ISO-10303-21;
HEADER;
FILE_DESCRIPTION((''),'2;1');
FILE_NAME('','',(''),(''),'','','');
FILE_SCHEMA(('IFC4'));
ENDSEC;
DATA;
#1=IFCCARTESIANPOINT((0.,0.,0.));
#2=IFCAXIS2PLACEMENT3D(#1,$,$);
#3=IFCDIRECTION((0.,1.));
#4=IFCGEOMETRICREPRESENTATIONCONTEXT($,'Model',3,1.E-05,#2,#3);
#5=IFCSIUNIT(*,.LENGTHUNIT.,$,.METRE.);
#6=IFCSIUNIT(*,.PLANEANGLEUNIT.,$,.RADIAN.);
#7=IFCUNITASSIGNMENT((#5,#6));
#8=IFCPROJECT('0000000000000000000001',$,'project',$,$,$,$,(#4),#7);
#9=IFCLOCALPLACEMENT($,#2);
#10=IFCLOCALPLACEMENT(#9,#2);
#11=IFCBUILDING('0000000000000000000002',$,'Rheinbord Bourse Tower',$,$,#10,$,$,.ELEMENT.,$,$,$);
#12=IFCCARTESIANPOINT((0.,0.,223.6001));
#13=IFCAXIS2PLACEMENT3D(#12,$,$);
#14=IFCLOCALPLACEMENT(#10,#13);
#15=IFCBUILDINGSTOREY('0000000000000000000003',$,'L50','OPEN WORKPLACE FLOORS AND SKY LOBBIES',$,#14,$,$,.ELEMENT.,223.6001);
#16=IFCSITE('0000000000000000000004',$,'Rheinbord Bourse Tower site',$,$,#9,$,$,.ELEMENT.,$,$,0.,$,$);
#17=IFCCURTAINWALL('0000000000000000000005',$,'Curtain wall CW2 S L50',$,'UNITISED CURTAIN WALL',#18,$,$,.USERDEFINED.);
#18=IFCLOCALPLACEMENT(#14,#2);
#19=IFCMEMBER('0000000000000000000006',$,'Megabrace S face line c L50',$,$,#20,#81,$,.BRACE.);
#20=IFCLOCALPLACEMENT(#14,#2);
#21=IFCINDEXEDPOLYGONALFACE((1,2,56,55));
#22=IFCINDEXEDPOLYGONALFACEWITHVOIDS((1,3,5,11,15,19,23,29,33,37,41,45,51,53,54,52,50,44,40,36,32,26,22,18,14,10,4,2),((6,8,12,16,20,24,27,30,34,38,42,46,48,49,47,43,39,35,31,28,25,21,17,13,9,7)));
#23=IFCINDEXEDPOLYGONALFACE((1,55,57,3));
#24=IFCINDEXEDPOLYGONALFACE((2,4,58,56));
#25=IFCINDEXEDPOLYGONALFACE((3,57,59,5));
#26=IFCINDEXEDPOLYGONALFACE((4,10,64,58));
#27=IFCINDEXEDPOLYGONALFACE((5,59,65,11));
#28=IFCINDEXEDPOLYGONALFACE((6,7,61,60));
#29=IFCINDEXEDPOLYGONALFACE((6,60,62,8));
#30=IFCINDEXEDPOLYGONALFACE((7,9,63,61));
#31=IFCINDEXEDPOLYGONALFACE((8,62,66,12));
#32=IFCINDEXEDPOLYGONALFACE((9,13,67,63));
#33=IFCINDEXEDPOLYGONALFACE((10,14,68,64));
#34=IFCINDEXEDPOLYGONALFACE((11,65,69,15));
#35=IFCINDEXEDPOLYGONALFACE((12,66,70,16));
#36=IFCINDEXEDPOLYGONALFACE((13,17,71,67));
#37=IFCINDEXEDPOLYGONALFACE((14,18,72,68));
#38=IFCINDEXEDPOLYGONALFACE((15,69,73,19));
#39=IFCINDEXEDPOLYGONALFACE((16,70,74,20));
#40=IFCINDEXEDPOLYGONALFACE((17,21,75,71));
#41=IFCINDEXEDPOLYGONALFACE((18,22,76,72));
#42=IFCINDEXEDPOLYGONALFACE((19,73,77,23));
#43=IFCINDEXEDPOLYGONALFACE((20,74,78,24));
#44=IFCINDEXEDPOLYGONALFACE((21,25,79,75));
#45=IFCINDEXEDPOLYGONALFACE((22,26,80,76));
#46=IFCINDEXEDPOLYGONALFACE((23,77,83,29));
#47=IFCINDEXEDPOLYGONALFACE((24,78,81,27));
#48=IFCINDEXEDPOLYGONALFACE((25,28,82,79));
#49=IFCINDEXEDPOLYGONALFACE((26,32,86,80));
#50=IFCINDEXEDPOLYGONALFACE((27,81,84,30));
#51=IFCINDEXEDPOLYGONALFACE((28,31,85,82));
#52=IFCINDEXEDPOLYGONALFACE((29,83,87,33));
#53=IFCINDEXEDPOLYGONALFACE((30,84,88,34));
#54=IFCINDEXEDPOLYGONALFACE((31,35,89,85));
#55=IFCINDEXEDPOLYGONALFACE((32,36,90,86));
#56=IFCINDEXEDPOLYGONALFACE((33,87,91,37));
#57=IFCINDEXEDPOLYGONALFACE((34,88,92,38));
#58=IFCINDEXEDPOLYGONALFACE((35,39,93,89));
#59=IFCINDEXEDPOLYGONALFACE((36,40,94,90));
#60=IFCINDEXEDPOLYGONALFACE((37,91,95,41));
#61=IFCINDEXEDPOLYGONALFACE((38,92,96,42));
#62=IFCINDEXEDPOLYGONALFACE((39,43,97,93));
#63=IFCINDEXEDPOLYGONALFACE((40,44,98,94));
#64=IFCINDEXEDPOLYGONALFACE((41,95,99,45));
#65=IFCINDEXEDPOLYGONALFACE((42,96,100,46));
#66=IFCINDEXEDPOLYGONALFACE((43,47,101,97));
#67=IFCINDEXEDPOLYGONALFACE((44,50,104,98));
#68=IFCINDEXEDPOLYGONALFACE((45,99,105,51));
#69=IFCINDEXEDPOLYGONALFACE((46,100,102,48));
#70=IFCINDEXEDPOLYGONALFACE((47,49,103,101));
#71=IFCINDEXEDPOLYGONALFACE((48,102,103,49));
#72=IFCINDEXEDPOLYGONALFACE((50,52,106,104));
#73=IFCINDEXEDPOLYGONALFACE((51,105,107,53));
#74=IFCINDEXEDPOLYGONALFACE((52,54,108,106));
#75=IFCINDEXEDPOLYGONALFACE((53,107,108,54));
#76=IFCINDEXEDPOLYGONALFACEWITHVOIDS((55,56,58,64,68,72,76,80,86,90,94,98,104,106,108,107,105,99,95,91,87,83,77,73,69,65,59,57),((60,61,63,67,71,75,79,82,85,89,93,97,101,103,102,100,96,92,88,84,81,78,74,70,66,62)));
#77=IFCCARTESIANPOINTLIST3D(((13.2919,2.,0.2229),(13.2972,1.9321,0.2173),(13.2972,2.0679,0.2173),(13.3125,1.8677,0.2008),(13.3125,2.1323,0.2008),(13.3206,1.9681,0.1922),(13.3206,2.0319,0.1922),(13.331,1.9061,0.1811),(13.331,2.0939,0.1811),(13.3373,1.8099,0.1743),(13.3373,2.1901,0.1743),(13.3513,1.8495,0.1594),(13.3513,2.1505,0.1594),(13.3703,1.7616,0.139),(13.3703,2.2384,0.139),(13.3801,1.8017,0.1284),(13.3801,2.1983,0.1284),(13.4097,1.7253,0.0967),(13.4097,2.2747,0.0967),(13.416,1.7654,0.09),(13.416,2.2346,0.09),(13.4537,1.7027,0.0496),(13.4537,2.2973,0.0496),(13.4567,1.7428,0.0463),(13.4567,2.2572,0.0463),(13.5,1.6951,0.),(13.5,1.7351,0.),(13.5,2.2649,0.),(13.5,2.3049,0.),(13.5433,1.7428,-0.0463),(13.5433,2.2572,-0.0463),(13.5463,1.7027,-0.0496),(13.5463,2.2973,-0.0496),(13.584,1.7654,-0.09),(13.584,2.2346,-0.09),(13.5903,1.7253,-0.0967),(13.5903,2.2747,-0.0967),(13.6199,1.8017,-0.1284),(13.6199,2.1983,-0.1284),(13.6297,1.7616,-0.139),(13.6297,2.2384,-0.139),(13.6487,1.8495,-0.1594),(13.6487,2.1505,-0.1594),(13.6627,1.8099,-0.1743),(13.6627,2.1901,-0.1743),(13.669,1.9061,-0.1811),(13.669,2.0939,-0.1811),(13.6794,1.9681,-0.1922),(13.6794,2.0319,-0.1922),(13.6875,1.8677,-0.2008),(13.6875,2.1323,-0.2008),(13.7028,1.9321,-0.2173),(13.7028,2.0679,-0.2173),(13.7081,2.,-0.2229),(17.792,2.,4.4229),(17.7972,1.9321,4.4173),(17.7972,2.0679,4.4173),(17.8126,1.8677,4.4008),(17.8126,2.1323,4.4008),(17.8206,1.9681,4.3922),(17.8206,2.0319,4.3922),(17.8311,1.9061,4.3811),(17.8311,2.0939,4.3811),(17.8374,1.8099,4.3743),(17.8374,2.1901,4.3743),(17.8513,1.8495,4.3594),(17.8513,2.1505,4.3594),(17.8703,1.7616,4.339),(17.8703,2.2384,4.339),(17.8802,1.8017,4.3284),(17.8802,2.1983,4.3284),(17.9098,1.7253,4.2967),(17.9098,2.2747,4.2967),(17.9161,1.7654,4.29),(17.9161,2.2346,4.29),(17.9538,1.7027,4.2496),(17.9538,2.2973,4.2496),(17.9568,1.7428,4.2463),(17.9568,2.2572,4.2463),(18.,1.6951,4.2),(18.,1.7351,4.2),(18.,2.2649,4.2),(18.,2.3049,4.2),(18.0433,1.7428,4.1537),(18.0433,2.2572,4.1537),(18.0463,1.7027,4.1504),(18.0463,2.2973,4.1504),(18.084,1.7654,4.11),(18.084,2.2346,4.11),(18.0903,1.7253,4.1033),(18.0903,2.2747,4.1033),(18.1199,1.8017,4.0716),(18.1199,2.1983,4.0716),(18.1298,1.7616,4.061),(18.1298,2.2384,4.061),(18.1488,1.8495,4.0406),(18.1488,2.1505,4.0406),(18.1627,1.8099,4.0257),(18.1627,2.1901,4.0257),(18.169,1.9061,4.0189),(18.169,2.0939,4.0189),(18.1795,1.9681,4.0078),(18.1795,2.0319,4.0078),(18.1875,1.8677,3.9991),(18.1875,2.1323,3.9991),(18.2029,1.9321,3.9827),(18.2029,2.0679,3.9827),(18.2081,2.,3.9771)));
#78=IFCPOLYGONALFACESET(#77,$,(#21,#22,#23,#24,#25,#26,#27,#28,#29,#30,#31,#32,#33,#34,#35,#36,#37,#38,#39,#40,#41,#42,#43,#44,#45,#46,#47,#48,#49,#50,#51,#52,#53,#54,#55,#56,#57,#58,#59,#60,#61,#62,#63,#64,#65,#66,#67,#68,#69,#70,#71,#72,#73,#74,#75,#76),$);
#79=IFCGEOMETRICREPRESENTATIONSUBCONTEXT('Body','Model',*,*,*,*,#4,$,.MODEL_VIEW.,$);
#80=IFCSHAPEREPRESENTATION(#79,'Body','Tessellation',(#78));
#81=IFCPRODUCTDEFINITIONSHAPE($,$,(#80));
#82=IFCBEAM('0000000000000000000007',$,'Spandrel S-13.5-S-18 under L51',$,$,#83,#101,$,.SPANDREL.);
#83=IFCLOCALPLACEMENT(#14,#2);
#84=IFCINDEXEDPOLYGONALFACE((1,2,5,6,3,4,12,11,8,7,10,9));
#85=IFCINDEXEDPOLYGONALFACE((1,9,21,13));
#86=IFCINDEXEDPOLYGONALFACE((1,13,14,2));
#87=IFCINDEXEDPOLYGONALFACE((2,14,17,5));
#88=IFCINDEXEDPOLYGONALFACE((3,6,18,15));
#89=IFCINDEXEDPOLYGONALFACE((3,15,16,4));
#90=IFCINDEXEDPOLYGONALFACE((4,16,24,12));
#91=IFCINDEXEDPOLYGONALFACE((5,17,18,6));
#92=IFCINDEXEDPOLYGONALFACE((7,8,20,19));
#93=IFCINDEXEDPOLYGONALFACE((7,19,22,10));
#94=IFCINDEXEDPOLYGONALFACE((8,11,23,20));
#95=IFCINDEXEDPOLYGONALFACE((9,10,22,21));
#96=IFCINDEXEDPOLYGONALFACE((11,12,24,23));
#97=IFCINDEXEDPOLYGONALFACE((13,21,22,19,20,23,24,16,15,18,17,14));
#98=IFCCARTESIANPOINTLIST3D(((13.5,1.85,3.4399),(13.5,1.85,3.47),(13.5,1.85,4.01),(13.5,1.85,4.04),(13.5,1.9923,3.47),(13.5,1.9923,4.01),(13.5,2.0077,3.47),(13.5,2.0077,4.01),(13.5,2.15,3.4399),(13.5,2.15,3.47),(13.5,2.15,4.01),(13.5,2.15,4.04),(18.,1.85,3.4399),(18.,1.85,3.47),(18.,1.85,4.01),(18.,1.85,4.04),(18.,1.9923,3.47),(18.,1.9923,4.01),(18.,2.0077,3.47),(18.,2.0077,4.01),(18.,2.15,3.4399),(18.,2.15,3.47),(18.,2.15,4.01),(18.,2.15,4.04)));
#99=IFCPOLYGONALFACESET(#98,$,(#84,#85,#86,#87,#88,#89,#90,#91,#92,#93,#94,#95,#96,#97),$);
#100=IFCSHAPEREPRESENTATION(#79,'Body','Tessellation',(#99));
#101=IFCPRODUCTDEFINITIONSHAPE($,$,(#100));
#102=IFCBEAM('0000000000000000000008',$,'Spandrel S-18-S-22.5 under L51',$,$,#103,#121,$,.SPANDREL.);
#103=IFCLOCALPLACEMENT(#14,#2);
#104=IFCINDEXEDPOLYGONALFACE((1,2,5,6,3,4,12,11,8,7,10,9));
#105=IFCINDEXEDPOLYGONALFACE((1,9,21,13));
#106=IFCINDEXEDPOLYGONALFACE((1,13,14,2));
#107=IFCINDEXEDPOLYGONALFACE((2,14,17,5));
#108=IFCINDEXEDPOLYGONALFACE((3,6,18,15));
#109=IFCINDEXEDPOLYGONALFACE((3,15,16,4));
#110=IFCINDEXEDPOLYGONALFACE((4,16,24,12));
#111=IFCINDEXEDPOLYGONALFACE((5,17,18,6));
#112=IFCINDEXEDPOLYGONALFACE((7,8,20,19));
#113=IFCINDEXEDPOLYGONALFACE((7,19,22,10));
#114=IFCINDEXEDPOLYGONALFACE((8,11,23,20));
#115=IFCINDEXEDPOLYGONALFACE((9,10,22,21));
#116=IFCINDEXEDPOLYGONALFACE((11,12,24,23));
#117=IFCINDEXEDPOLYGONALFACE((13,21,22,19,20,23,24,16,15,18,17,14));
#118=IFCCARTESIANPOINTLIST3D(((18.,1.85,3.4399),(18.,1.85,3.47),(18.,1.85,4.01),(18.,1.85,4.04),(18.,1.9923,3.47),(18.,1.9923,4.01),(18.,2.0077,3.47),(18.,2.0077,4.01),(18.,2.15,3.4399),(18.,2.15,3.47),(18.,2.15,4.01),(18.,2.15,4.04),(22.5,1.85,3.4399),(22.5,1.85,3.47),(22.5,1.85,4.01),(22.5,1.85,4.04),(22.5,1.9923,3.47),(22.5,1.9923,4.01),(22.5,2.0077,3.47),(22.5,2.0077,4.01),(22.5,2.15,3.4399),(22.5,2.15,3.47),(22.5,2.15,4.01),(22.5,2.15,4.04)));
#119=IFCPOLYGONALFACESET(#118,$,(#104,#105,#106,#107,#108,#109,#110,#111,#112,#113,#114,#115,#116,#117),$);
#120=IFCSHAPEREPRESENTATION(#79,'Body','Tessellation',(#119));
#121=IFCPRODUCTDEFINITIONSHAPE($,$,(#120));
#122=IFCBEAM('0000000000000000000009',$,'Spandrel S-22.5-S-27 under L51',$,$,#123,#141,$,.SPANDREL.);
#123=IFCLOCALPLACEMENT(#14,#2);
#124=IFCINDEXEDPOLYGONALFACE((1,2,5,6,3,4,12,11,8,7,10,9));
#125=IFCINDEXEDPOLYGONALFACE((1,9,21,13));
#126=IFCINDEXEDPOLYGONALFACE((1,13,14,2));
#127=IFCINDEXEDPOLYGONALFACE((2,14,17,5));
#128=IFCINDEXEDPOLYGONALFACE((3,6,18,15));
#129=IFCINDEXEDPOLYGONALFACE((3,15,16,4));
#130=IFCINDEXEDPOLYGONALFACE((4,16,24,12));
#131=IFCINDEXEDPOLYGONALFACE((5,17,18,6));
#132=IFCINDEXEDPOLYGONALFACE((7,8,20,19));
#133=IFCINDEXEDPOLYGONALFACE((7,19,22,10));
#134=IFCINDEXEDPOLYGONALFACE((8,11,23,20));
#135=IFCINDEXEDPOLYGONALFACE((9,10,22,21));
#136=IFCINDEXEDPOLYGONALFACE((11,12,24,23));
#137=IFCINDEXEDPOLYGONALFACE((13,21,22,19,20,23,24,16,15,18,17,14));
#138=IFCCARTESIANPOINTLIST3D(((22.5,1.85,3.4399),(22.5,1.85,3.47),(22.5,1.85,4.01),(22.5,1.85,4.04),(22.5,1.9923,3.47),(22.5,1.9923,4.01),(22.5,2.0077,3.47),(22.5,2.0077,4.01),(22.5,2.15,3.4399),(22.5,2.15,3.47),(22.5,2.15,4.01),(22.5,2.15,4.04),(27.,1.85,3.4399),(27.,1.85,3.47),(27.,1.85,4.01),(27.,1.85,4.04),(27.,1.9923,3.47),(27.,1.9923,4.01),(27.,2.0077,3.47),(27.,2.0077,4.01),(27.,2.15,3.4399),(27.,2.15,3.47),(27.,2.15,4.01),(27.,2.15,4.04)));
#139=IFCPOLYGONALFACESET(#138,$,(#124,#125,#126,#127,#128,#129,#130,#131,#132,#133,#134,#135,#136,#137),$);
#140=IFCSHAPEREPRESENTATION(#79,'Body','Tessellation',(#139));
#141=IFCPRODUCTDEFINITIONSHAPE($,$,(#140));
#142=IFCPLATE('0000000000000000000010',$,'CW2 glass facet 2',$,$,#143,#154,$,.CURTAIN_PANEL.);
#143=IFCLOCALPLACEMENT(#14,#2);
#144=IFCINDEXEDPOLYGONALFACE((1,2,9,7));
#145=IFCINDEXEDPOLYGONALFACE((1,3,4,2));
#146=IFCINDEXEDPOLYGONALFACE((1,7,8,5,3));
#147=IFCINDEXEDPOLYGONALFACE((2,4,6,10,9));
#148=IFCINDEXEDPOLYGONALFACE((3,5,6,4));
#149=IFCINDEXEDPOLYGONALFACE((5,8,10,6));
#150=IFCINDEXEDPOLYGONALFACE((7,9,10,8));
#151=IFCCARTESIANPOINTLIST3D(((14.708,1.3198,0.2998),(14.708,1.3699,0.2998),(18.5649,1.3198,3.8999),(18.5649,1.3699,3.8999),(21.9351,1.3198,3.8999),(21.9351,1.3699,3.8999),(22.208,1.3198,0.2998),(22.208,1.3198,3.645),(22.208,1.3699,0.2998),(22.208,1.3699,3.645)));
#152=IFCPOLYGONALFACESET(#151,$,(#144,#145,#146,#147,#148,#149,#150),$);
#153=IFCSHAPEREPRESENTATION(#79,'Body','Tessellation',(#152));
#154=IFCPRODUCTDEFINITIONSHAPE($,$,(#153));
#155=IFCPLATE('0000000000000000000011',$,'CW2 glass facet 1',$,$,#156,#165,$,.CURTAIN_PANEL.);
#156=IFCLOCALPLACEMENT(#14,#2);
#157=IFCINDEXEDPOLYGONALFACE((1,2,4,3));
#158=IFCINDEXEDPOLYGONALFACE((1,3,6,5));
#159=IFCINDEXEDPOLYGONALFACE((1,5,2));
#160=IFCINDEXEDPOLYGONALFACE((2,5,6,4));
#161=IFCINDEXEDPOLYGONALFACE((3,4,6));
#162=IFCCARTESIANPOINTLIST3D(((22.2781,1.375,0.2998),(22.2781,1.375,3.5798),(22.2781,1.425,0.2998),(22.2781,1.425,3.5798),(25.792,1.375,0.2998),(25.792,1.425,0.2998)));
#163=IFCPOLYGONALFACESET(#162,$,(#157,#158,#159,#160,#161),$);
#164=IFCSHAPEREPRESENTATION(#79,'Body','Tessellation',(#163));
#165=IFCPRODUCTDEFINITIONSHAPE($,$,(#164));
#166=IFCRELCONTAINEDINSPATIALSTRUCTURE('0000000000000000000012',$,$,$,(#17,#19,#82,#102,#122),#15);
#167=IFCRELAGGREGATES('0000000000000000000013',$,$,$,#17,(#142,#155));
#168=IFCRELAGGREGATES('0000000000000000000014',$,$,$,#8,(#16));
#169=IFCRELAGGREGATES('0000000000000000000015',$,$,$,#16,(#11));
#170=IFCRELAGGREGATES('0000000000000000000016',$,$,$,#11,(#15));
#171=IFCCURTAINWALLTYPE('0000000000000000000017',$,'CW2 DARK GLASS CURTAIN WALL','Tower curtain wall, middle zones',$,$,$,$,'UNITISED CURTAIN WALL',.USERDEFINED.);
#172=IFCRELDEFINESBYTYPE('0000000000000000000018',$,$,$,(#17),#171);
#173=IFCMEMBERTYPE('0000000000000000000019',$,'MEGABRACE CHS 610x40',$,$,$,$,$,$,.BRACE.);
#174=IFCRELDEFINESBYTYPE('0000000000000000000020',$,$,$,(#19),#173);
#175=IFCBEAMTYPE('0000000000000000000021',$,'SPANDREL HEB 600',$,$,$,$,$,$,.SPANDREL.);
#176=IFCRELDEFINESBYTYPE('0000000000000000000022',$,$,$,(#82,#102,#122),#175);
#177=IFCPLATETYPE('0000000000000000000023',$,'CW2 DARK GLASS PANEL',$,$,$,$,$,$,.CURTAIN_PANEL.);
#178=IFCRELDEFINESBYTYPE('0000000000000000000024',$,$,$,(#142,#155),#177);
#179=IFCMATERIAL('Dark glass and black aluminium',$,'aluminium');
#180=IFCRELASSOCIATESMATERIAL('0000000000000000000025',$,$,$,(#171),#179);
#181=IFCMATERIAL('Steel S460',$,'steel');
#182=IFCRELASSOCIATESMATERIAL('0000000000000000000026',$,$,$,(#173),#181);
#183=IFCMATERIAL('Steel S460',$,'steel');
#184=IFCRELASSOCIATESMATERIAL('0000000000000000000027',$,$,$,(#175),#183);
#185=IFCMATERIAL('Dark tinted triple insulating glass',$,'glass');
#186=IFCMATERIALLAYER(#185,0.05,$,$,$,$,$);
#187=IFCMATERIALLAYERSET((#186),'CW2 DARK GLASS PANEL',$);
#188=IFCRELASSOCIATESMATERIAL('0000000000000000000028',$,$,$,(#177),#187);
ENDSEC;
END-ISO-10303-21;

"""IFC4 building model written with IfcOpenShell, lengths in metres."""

from ifc_helpers import new_model, si_unit, direction, frame, origin, origin_2d, place, context, subcontext, project, spatial, polyline, hollow_circle, i_section, outline, extrude, material, layer, layer_set, material_profile, profile_set, type_object, element, aggregate, save


model = new_model("IFC4")

# Units and contexts
model_context = context("Model", 3, precision=1e-05, world=origin(), true_north=direction((0.0, 1.0)))
body_context = subcontext(model_context, "Body", "Model", "MODEL_VIEW")
ifc_project = project(units=[si_unit("LENGTHUNIT", "METRE"), si_unit("PLANEANGLEUNIT", "RADIAN")], contexts=[model_context])

# Site, building, storey
site_placement = place(None, origin())
site = spatial("IfcSite", under=ifc_project, at=site_placement, Name="Rheinbord Bourse Tower site", CompositionType="ELEMENT", RefElevation=0.0)
building_placement = place(site_placement, origin())
building = spatial("IfcBuilding", under=site, at=building_placement, Name="Rheinbord Bourse Tower", CompositionType="ELEMENT")
storey_placement = place(building_placement, frame((0.0, 0.0, 223.6001)))
storey = spatial("IfcBuildingStorey", under=building, at=storey_placement, Name="L50", Description="OPEN WORKPLACE FLOORS AND SKY LOBBIES", CompositionType="ELEMENT", Elevation=223.6001)

# Curtain wall
ifc_material_1 = material(Name="Dark glass and black aluminium", Category="aluminium")
curtain_wall_type = type_object("IfcCurtainWallType", Name="CW2 DARK GLASS CURTAIN WALL", Description="Tower curtain wall, middle zones", ElementType="UNITISED CURTAIN WALL", PredefinedType="USERDEFINED", material=ifc_material_1)
curtain_wall_placement = place(storey_placement, origin())
curtain_wall = element("IfcCurtainWall", 1, at=curtain_wall_placement, inside=storey, type_object=curtain_wall_type, Name="Curtain wall CW2 S L50", ObjectType="UNITISED CURTAIN WALL", PredefinedType="USERDEFINED")

# Member
ifc_material_2 = material(Name="Steel S460", Category="steel")
ifc_material_profile_1 = material_profile(ifc_material_2, hollow_circle(Radius=0.3049, WallThickness=0.04, at=origin_2d()), Name="CHS 610x40")
ifc_profile_set_1 = profile_set([ifc_material_profile_1], Name="Steel S460")
member_type_1 = type_object("IfcMemberType", Name="MEGABRACE CHS 610x40", PredefinedType="BRACE", material=ifc_profile_set_1)
member_1_placement = place(storey_placement, frame((13.5, 2.0, 0.0), z_axis=(0.731059, 0.0, 0.682314), x_axis=(0.0, 1.0, 0.0)))
element("IfcMember", 2, at=member_1_placement, inside=storey, type_object=member_type_1, Name="Megabrace S face line c L50", PredefinedType="BRACE", context=body_context, shape_type="SweptSolid", body=[
    extrude(hollow_circle(Radius=0.3049, WallThickness=0.04, at=origin_2d()), origin(), (0.0, 0.0, 1.0), 6.1555),
])

# Beams
ifc_material_3 = material(Name="Steel S460", Category="steel")
ifc_material_profile_2 = material_profile(ifc_material_3, i_section(OverallWidth=0.3, OverallDepth=0.6001, WebThickness=0.0154, FlangeThickness=0.03, at=origin_2d()), Name="HEB 600")
ifc_profile_set_2 = profile_set([ifc_material_profile_2], Name="Steel S460")
beam_type_1 = type_object("IfcBeamType", Name="SPANDREL HEB 600", PredefinedType="SPANDREL", material=ifc_profile_set_2)
for number, where, z_axis, x_axis, name in (
    (3, (13.5, 2.0, 3.74), (1.0, 0.0, 0.0), (0.0, 1.0, 0.0), "Spandrel S-13.5-S-18 under L51"),
    (4, (18.0, 2.0, 3.74), (1.0, 0.0, 0.0), (0.0, 1.0, 0.0), "Spandrel S-18-S-22.5 under L51"),
    (5, (22.5, 2.0, 3.74), (1.0, 0.0, 0.0), (0.0, 1.0, 0.0), "Spandrel S-22.5-S-27 under L51"),
):
    element("IfcBeam", number, at=place(storey_placement, frame(where, z_axis=z_axis, x_axis=x_axis)), inside=storey, type_object=beam_type_1, Name=name, PredefinedType="SPANDREL", context=body_context, shape_type="SweptSolid", body=[
        extrude(i_section(OverallWidth=0.3, OverallDepth=0.6001, WebThickness=0.0154, FlangeThickness=0.03, at=origin_2d()), origin(), (0.0, 0.0, 1.0), 4.5),
    ])

# Plates
ifc_material_4 = material(Name="Dark tinted triple insulating glass", Category="glass")
ifc_layer = layer(ifc_material_4, 0.05)
ifc_layer_set = layer_set([ifc_layer], Name="CW2 DARK GLASS PANEL")
plate_type = type_object("IfcPlateType", Name="CW2 DARK GLASS PANEL", PredefinedType="CURTAIN_PANEL", material=ifc_layer_set)
plate_1_placement = place(storey_placement, frame((22.208, 1.3198, 0.2998), z_axis=(0.0, 1.0, 0.0), x_axis=(-1.0, 0.0, 0.0)))
plate_1 = element("IfcPlate", 6, at=plate_1_placement, type_object=plate_type, Name="CW2 glass facet 2", PredefinedType="CURTAIN_PANEL", context=body_context, shape_type="SweptSolid", body=[
    extrude(outline(polyline([(0.0, 0.0), (7.5, 0.0), (3.6431, 3.6001), (0.2729, 3.6001), (0.0, 3.3452), (0.0, 0.0)])), origin(), (0.0, 0.0, 1.0), 0.05),
])
plate_2_placement = place(storey_placement, frame((22.2781, 1.375, 0.2998), z_axis=(0.0, 1.0, 0.0), x_axis=(0.0, 0.0, 1.0)))
plate_2 = element("IfcPlate", 7, at=plate_2_placement, type_object=plate_type, Name="CW2 glass facet 1", PredefinedType="CURTAIN_PANEL", context=body_context, shape_type="SweptSolid", body=[
    extrude(outline(polyline([(0.0, 0.0), (3.28, 0.0), (0.0, 3.5139), (0.0, 0.0)])), origin(), (0.0, 0.0, 1.0), 0.05),
])
aggregate(curtain_wall, [plate_1, plate_2])

save(model, "model.ifc")
